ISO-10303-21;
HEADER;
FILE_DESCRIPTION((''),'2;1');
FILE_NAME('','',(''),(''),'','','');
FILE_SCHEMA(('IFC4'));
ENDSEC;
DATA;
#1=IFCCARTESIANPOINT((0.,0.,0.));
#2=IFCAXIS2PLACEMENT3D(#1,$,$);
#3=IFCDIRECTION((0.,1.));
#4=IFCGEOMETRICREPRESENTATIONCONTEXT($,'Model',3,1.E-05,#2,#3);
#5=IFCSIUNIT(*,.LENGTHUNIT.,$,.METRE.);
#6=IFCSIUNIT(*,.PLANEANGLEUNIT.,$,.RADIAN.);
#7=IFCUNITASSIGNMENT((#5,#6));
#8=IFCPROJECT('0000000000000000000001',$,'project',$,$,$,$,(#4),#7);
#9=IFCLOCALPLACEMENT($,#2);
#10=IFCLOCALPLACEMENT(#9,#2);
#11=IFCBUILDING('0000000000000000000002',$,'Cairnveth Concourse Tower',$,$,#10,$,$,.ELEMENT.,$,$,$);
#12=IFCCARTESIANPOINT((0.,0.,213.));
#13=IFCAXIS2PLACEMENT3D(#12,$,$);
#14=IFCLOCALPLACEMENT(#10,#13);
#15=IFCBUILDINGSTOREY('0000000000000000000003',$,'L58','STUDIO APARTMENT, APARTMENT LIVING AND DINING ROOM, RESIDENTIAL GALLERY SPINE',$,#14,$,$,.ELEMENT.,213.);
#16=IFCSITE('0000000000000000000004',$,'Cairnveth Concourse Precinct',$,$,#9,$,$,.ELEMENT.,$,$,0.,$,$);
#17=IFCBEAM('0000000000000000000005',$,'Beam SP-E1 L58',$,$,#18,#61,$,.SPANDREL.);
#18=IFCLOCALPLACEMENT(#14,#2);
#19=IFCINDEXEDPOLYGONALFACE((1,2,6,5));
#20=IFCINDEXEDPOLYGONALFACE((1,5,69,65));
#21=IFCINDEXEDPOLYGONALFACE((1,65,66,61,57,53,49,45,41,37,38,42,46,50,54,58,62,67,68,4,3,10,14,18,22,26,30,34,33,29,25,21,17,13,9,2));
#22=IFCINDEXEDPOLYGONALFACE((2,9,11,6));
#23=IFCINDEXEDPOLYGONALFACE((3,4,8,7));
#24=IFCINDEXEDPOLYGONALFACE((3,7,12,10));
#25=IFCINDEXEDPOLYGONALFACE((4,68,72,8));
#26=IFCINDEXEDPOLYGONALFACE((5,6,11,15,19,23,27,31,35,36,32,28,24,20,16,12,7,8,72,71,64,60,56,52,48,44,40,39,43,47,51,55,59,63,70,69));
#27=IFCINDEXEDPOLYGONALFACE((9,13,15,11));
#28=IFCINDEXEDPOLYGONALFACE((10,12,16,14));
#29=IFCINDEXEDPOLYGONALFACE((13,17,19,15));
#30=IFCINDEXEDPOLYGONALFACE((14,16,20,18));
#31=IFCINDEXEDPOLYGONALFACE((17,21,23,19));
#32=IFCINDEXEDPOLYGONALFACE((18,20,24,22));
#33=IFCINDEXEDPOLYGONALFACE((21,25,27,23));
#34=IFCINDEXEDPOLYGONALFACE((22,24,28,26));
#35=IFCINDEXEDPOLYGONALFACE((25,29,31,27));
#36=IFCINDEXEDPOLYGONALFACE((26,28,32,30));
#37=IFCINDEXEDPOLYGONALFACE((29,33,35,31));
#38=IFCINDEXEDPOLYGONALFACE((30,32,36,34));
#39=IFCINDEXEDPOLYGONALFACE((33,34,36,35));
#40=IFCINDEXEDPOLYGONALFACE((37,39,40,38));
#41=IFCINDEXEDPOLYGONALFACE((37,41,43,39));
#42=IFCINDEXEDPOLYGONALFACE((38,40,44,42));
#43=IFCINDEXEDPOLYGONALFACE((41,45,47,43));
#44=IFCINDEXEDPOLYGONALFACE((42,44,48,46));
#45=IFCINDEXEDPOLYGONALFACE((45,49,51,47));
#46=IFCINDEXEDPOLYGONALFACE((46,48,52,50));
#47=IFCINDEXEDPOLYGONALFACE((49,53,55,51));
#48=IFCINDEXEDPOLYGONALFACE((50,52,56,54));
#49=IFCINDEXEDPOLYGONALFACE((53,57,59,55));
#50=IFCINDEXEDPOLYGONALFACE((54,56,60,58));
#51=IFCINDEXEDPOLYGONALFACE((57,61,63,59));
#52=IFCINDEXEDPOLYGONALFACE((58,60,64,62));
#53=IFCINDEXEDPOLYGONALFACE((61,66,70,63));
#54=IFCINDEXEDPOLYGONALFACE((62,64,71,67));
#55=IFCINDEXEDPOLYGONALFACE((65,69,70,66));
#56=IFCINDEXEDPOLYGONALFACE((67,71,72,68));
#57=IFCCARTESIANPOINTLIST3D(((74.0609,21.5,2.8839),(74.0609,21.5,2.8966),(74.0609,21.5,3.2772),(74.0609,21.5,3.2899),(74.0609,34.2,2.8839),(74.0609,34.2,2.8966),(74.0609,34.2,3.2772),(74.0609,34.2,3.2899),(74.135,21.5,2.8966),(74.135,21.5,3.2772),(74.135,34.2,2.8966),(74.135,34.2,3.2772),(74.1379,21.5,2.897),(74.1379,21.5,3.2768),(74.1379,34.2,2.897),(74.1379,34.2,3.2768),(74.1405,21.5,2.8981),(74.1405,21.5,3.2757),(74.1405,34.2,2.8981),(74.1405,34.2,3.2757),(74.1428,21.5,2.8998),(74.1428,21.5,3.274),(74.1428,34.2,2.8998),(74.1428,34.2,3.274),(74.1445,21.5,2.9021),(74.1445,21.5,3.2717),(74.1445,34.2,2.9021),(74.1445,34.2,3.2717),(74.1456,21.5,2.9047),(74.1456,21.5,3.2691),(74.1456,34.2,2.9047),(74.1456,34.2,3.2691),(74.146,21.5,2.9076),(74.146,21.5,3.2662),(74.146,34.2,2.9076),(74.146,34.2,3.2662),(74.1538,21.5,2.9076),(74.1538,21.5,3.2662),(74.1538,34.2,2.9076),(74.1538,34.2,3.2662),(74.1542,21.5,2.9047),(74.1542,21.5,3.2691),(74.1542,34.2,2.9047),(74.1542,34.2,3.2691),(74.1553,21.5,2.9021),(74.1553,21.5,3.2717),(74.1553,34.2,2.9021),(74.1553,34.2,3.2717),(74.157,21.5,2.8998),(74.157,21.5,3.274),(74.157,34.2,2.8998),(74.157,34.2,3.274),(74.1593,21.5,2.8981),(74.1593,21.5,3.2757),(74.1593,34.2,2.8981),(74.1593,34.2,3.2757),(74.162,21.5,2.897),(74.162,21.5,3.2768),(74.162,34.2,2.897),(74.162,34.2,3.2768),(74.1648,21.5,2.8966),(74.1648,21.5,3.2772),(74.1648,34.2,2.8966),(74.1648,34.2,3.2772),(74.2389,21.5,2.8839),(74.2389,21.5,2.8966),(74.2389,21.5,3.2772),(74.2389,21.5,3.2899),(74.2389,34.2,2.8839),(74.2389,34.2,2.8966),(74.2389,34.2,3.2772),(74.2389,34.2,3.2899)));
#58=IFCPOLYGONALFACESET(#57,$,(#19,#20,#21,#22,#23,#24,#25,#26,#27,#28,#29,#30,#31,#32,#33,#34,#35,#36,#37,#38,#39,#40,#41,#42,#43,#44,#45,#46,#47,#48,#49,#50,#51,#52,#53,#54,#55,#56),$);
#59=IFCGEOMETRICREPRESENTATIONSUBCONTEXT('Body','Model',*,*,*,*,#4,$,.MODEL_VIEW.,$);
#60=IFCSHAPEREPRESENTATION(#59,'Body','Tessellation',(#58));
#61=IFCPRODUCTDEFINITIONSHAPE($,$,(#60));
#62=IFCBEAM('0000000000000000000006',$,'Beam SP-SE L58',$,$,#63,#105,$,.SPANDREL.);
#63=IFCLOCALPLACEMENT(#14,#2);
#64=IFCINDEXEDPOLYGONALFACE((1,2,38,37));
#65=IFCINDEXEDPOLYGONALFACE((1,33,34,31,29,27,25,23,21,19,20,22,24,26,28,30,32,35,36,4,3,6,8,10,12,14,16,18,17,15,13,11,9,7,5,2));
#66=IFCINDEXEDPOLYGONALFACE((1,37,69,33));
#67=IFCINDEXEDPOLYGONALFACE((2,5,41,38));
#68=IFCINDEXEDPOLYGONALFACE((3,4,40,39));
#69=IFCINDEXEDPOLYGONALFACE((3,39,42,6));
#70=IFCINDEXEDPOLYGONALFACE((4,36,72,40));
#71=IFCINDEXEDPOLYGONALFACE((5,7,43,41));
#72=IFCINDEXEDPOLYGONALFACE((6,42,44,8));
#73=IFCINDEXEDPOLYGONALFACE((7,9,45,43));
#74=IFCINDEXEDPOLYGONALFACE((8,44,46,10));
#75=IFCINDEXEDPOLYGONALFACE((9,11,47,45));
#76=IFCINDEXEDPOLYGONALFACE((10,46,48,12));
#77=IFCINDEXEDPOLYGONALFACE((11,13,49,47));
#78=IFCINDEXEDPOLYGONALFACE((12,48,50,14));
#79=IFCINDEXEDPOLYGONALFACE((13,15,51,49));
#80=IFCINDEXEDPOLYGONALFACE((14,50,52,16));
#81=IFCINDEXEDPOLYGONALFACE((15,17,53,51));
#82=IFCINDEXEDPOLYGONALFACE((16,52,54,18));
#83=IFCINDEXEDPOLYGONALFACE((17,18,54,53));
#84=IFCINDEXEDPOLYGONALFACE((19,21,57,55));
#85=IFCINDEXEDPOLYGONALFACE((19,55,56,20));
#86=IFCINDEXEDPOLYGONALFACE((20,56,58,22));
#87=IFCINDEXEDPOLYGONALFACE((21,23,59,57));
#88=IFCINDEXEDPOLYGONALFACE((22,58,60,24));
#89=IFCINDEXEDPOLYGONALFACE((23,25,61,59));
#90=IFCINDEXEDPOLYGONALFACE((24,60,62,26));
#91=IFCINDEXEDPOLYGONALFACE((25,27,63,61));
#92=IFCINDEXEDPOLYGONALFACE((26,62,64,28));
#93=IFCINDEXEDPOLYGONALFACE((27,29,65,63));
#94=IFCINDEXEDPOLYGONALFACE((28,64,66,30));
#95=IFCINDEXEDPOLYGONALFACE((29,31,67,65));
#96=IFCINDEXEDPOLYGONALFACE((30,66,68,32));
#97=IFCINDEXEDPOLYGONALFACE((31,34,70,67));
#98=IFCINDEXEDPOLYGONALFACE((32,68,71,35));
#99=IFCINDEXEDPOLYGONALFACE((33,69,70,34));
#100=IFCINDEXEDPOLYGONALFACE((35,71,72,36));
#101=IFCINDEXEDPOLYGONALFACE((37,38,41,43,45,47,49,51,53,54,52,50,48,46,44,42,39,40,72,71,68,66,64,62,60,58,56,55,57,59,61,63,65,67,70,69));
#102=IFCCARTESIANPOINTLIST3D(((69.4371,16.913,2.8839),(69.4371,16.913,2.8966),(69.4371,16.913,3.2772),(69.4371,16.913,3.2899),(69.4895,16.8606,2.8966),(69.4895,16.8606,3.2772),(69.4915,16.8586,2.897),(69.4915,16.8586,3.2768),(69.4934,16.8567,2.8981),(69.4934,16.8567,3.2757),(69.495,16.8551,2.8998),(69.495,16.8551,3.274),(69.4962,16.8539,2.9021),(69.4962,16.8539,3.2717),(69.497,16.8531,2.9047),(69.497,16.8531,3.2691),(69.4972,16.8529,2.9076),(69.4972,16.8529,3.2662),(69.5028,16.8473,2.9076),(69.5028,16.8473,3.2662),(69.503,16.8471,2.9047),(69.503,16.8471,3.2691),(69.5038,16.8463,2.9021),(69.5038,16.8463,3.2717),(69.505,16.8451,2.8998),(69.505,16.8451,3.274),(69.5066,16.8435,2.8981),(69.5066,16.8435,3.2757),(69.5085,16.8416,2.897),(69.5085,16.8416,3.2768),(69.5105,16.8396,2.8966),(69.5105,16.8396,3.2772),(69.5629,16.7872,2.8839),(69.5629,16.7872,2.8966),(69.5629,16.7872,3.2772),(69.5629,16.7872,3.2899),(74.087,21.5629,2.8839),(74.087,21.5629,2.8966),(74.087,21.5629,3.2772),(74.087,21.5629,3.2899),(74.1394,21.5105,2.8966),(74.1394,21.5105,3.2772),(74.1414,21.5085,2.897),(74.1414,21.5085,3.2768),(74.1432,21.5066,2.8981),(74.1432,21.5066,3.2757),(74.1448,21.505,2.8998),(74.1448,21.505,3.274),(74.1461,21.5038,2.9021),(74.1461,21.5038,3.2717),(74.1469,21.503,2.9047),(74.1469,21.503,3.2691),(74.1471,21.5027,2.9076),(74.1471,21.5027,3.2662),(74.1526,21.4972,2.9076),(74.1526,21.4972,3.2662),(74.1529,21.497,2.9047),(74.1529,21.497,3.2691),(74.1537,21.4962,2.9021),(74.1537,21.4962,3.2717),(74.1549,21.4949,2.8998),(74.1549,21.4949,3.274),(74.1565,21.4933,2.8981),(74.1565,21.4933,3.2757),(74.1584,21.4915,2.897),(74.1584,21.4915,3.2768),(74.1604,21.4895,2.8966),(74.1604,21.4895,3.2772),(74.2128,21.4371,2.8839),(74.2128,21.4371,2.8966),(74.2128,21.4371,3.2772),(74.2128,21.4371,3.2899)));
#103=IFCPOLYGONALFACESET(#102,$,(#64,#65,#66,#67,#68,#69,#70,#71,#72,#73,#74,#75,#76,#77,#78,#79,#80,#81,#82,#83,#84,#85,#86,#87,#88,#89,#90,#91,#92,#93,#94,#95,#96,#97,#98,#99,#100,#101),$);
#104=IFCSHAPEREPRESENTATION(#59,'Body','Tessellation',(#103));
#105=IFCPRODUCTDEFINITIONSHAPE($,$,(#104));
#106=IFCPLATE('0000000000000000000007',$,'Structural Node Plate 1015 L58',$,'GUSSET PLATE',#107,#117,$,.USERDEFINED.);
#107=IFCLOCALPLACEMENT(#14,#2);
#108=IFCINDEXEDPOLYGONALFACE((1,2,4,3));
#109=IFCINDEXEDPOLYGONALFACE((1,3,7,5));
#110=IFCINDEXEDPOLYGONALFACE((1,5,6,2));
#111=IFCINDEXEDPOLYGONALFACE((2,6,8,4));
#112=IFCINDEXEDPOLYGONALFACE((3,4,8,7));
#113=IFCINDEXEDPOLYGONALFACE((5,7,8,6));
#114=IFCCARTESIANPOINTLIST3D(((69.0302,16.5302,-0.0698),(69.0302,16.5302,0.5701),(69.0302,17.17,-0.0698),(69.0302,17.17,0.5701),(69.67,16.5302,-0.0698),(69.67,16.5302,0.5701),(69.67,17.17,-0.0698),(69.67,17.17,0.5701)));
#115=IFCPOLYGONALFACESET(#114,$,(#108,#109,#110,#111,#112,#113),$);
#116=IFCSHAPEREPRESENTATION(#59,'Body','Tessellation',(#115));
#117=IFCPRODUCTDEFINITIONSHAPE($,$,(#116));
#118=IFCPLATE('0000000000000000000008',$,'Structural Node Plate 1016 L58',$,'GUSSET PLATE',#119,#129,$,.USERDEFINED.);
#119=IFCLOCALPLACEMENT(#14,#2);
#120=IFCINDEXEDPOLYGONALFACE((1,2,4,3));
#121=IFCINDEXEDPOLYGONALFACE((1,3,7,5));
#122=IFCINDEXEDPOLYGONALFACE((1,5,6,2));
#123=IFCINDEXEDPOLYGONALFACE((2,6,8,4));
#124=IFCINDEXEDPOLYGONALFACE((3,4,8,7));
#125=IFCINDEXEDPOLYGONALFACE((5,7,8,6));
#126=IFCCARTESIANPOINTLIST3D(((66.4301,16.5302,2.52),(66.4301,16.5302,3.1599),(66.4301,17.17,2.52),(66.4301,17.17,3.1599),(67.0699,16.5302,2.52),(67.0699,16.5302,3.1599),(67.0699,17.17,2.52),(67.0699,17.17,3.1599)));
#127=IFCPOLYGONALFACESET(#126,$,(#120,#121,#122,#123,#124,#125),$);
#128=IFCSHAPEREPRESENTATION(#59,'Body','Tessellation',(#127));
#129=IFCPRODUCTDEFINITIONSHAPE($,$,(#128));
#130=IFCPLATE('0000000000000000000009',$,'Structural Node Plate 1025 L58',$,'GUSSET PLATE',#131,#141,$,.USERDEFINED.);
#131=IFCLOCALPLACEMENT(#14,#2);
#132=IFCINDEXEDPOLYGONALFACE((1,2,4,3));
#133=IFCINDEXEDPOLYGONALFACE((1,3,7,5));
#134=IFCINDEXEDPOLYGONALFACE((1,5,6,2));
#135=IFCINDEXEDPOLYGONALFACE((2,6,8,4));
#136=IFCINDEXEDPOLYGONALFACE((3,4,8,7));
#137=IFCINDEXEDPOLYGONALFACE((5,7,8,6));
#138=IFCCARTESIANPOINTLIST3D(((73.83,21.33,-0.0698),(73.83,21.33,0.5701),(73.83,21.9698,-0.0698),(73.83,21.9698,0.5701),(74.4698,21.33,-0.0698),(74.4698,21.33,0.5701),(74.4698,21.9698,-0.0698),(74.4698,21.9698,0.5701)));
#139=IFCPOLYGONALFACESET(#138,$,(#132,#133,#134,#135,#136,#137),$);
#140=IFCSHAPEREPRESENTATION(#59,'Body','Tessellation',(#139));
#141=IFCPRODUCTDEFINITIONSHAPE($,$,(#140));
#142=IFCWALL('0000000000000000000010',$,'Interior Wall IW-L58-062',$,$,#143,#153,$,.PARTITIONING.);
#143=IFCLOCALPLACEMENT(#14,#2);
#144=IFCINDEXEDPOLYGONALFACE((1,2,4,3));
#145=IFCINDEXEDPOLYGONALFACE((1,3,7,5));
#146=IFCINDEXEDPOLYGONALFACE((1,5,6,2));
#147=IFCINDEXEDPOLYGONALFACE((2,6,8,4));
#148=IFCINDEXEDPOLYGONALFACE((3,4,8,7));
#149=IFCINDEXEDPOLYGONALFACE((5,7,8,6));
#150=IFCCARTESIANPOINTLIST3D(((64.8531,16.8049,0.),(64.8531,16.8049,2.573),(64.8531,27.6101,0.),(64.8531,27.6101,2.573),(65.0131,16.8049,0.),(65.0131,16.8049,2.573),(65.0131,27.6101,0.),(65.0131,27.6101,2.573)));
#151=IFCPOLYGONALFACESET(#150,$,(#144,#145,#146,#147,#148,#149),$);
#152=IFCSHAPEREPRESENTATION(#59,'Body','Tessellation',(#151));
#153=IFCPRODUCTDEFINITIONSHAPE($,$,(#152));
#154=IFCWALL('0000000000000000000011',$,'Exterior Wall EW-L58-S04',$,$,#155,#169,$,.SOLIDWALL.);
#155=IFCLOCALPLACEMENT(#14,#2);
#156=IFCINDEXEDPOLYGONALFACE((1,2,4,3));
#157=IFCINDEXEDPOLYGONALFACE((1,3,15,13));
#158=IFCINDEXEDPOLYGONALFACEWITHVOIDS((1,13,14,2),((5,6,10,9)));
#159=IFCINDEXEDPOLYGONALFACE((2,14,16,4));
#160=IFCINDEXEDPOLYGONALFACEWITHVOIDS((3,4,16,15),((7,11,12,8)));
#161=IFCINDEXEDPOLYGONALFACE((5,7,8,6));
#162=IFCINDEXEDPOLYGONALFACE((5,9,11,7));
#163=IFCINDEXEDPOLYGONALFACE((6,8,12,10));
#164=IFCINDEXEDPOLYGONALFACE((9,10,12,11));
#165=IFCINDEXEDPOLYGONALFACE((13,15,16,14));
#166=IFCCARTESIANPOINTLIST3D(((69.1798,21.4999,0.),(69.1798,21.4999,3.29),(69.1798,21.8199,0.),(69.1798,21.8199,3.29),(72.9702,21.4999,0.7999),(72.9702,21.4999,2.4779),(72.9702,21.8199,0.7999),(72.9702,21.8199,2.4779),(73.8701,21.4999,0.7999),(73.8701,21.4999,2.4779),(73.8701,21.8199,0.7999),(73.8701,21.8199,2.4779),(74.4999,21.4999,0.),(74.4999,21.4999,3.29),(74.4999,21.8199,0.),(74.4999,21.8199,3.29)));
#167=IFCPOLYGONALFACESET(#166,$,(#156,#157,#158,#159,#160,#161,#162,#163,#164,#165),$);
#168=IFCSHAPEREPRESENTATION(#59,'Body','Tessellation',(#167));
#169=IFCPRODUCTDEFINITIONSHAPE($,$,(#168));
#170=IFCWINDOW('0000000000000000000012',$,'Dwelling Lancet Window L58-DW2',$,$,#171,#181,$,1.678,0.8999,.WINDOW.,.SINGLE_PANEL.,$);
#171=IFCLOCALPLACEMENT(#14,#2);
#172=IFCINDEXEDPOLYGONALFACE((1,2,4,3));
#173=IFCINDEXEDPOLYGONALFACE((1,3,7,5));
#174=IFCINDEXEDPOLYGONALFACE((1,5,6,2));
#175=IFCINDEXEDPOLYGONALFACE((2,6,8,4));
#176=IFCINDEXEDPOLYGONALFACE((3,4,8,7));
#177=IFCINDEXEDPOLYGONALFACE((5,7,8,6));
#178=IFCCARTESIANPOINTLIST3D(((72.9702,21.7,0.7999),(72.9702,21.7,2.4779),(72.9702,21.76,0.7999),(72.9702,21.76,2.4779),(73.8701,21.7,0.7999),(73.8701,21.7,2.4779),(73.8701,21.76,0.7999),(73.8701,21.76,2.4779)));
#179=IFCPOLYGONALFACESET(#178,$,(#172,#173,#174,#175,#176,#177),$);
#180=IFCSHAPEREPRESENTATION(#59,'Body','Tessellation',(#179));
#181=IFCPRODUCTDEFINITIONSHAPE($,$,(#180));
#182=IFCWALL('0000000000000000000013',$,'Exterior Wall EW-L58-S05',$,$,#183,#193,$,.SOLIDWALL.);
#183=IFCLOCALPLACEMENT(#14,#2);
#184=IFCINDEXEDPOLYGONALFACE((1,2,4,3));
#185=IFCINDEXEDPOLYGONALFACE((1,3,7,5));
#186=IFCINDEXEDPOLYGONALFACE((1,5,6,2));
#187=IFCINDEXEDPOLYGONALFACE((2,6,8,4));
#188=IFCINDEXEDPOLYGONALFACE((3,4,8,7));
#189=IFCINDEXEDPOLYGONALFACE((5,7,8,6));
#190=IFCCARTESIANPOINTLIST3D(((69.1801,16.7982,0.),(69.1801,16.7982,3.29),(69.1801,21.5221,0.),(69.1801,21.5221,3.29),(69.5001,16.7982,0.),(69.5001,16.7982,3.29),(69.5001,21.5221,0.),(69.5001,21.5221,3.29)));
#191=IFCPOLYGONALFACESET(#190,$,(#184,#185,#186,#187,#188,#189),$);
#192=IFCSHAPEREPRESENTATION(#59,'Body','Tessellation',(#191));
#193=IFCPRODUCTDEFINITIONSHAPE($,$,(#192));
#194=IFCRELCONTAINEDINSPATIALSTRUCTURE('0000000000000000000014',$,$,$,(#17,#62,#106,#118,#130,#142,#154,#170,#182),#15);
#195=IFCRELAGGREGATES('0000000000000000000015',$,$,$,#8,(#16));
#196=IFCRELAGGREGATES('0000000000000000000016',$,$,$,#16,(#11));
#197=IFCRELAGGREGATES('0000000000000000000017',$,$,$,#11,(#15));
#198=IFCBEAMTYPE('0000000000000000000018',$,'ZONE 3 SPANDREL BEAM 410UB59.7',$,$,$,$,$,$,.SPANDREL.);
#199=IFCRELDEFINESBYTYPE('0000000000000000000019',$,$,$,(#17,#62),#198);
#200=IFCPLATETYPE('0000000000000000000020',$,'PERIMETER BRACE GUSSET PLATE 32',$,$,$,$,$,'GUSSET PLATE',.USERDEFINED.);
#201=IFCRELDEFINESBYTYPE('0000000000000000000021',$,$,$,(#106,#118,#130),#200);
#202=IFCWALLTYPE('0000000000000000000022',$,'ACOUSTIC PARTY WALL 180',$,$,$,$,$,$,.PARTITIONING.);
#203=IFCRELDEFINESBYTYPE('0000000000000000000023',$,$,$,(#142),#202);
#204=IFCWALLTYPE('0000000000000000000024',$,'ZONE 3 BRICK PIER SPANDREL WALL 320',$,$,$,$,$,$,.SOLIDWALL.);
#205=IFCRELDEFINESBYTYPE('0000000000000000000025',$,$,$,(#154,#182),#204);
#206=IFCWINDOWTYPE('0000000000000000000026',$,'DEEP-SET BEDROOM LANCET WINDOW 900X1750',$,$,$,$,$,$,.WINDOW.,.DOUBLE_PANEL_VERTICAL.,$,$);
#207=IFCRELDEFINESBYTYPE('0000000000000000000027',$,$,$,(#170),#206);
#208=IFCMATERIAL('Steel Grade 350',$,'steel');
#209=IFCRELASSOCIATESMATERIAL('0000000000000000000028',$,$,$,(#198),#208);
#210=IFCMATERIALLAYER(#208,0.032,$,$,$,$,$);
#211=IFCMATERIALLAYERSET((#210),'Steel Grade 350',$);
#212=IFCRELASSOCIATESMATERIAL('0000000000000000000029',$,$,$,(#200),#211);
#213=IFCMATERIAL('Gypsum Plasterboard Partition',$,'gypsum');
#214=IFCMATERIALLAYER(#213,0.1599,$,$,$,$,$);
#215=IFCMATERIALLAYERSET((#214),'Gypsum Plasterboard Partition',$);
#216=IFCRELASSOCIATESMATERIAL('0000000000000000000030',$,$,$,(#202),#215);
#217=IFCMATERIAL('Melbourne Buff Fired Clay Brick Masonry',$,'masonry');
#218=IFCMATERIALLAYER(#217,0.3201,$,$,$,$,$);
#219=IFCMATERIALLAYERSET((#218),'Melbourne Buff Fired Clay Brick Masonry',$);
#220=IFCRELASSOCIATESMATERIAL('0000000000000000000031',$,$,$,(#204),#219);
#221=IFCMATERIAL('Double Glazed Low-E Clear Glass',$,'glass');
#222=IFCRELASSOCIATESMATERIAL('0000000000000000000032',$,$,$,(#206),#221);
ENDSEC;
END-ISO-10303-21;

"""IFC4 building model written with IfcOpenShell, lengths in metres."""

from ifc_helpers import new_model, si_unit, direction, frame, frame_2d, origin, origin_2d, place, context, subcontext, project, spatial, rectangle, i_section, extrude, material, layer, layer_set, material_profile, profile_set, type_object, element, fill, save


model = new_model("IFC4")

# Units and contexts
model_context = context("Model", 3, precision=1e-05, world=origin(), true_north=direction((0.0, 1.0)))
body_context = subcontext(model_context, "Body", "Model", "MODEL_VIEW")
ifc_project = project(units=[si_unit("LENGTHUNIT", "METRE"), si_unit("PLANEANGLEUNIT", "RADIAN")], contexts=[model_context])

# Site, building, storey
site_placement = place(None, origin())
site = spatial("IfcSite", under=ifc_project, at=site_placement, Name="Cairnveth Concourse Precinct", CompositionType="ELEMENT", RefElevation=0.0)
building_placement = place(site_placement, origin())
building = spatial("IfcBuilding", under=site, at=building_placement, Name="Cairnveth Concourse Tower", CompositionType="ELEMENT")
storey_placement = place(building_placement, frame((0.0, 0.0, 213.0)))
storey = spatial("IfcBuildingStorey", under=building, at=storey_placement, Name="L58", Description="STUDIO APARTMENT, APARTMENT LIVING AND DINING ROOM, RESIDENTIAL GALLERY SPINE", CompositionType="ELEMENT", Elevation=213.0)

# Shared definitions
ifc_material_1 = material(Name="Steel Grade 350", Category="steel")

# Beams
ifc_material_profile_1 = material_profile(ifc_material_1, i_section(OverallWidth=0.178, OverallDepth=0.406, WebThickness=0.0078, FlangeThickness=0.0127, FilletRadius=0.011, at=origin_2d()), Name="410UB59.7")
ifc_profile_set_1 = profile_set([ifc_material_profile_1], Name="Steel Grade 350")
beam_type_1 = type_object("IfcBeamType", Name="ZONE 3 SPANDREL BEAM 410UB59.7", PredefinedType="SPANDREL", material=ifc_profile_set_1)
beam_1_placement = place(storey_placement, frame((74.1499, 21.5, 3.0869), z_axis=(0.0, 1.0, 0.0), x_axis=(-1.0, 0.0, 0.0)))
element("IfcBeam", 1, at=beam_1_placement, inside=storey, type_object=beam_type_1, Name="Beam SP-E1 L58", PredefinedType="SPANDREL", context=body_context, shape_type="SweptSolid", body=[
    extrude(i_section(OverallWidth=0.178, OverallDepth=0.406, WebThickness=0.0078, FlangeThickness=0.0127, FilletRadius=0.011, at=origin_2d()), origin(), (0.0, 0.0, 1.0), 12.7),
])
beam_2_placement = place(storey_placement, frame((69.5, 16.8501, 3.0869), z_axis=(0.707107, 0.707107, 0.0), x_axis=(-0.707107, 0.707107, 0.0)))
element("IfcBeam", 2, at=beam_2_placement, inside=storey, type_object=beam_type_1, Name="Beam SP-SE L58", PredefinedType="SPANDREL", context=body_context, shape_type="SweptSolid", body=[
    extrude(i_section(OverallWidth=0.178, OverallDepth=0.406, WebThickness=0.0078, FlangeThickness=0.0127, FilletRadius=0.011, at=origin_2d()), origin(), (0.0, 0.0, 1.0), 6.5759),
])

# Plates
ifc_layer_1 = layer(ifc_material_1, 0.032)
ifc_layer_set_1 = layer_set([ifc_layer_1], Name="Steel Grade 350")
plate_type = type_object("IfcPlateType", Name="PERIMETER BRACE GUSSET PLATE 32", ElementType="GUSSET PLATE", PredefinedType="USERDEFINED", material=ifc_layer_set_1)
for number, where, z_axis, x_axis, name in (
    (3, (69.3501, 16.8501, -0.0698), (0.0, 0.0, 1.0), (1.0, 0.0, 0.0), "Structural Node Plate 1015 L58"),
    (4, (66.75, 16.8501, 2.52), (0.0, 0.0, 1.0), (1.0, 0.0, 0.0), "Structural Node Plate 1016 L58"),
    (5, (74.1499, 21.6499, -0.0698), (0.0, 0.0, 1.0), (1.0, 0.0, 0.0), "Structural Node Plate 1025 L58"),
):
    element("IfcPlate", number, at=place(storey_placement, frame(where, z_axis=z_axis, x_axis=x_axis)), inside=storey, type_object=plate_type, Name=name, ObjectType="GUSSET PLATE", PredefinedType="USERDEFINED", context=body_context, shape_type="SweptSolid", body=[
        extrude(rectangle(XDim=0.6399, YDim=0.6399, at=origin_2d()), origin(), (0.0, 0.0, 1.0), 0.6399),
    ])

# Wall
ifc_material_2 = material(Name="Gypsum Plasterboard Partition", Category="gypsum")
ifc_layer_2 = layer(ifc_material_2, 0.1599)
ifc_layer_set_2 = layer_set([ifc_layer_2], Name="Gypsum Plasterboard Partition")
wall_type_1 = type_object("IfcWallType", Name="ACOUSTIC PARTY WALL 180", PredefinedType="PARTITIONING", material=ifc_layer_set_2)
wall_1_placement = place(storey_placement, frame((64.9331, 16.8049, 0.0), z_axis=(0.0, 0.0, 1.0), x_axis=(0.0, 1.0, 0.0)))
element("IfcWall", 6, at=wall_1_placement, inside=storey, type_object=wall_type_1, Name="Interior Wall IW-L58-062", PredefinedType="PARTITIONING", context=body_context, shape_type="SweptSolid", body=[
    extrude(rectangle(XDim=10.8052, YDim=0.1599, at=frame_2d((5.4026, 0.0))), origin(), (0.0, 0.0, 1.0), 2.573),
])

# Wall, opening, window
ifc_material_3 = material(Name="Melbourne Buff Fired Clay Brick Masonry", Category="masonry")
ifc_layer_3 = layer(ifc_material_3, 0.3201)
ifc_layer_set_3 = layer_set([ifc_layer_3], Name="Melbourne Buff Fired Clay Brick Masonry")
wall_type_2 = type_object("IfcWallType", Name="ZONE 3 BRICK PIER SPANDREL WALL 320", PredefinedType="SOLIDWALL", material=ifc_layer_set_3)
wall_2_placement = place(storey_placement, frame((74.5, 21.6599, 0.0), z_axis=(0.0, 0.0, 1.0), x_axis=(-1.0, 0.0, 0.0)))
wall_2 = element("IfcWall", 7, at=wall_2_placement, inside=storey, type_object=wall_type_2, Name="Exterior Wall EW-L58-S04", PredefinedType="SOLIDWALL", context=body_context, shape_type="SweptSolid", body=[
    extrude(rectangle(XDim=5.3201, YDim=0.3201, at=frame_2d((2.6602, 0.0))), origin(), (0.0, 0.0, 1.0), 3.29),
])
opening_1_placement = place(wall_2_placement, frame((0.6299, 0.0, 0.8)))
opening_1 = element("IfcOpeningElement", 8, at=opening_1_placement, cuts=wall_2, PredefinedType="OPENING", context=body_context, shape_type="SweptSolid", body=[
    extrude(rectangle(XDim=0.8999, YDim=1.678, at=frame_2d((0.45, 0.8389))), frame((0.0, 0.1699, 0.0), z_axis=(0.0, -1.0, 0.0), x_axis=(1.0, 0.0, 0.0)), (0.0, 0.0, 1.0), 0.3401),
])
ifc_material_4 = material(Name="Double Glazed Low-E Clear Glass", Category="glass")
window_type_1 = type_object("IfcWindowType", Name="DEEP-SET BEDROOM LANCET WINDOW 900X1750", PartitioningType="DOUBLE_PANEL_VERTICAL", PredefinedType="WINDOW", material=ifc_material_4)
window_1_placement = place(opening_1_placement, origin())
window_1 = element("IfcWindow", 9, at=window_1_placement, inside=storey, type_object=window_type_1, Name="Dwelling Lancet Window L58-DW2", OverallHeight=1.678, OverallWidth=0.8999, PartitioningType="SINGLE_PANEL", PredefinedType="WINDOW", context=body_context, shape_type="SweptSolid", body=[
    extrude(rectangle(XDim=0.8999, YDim=1.678, at=frame_2d((0.45, 0.8389))), frame((0.0, -0.04, 0.0), z_axis=(0.0, -1.0, 0.0), x_axis=(1.0, 0.0, 0.0)), (0.0, 0.0, 1.0), 0.0601),
])
fill(opening_1, window_1)

# Wall
wall_3_placement = place(storey_placement, frame((69.3401, 21.522, 0.0), z_axis=(0.0, 0.0, 1.0), x_axis=(0.0, -1.0, 0.0)))
element("IfcWall", 10, at=wall_3_placement, inside=storey, type_object=wall_type_2, Name="Exterior Wall EW-L58-S05", PredefinedType="SOLIDWALL", context=body_context, shape_type="SweptSolid", body=[
    extrude(rectangle(XDim=4.7239, YDim=0.3201, at=frame_2d((2.3618, 0.0))), origin(), (0.0, 0.0, 1.0), 3.29),
])

save(model, "model.ifc")
